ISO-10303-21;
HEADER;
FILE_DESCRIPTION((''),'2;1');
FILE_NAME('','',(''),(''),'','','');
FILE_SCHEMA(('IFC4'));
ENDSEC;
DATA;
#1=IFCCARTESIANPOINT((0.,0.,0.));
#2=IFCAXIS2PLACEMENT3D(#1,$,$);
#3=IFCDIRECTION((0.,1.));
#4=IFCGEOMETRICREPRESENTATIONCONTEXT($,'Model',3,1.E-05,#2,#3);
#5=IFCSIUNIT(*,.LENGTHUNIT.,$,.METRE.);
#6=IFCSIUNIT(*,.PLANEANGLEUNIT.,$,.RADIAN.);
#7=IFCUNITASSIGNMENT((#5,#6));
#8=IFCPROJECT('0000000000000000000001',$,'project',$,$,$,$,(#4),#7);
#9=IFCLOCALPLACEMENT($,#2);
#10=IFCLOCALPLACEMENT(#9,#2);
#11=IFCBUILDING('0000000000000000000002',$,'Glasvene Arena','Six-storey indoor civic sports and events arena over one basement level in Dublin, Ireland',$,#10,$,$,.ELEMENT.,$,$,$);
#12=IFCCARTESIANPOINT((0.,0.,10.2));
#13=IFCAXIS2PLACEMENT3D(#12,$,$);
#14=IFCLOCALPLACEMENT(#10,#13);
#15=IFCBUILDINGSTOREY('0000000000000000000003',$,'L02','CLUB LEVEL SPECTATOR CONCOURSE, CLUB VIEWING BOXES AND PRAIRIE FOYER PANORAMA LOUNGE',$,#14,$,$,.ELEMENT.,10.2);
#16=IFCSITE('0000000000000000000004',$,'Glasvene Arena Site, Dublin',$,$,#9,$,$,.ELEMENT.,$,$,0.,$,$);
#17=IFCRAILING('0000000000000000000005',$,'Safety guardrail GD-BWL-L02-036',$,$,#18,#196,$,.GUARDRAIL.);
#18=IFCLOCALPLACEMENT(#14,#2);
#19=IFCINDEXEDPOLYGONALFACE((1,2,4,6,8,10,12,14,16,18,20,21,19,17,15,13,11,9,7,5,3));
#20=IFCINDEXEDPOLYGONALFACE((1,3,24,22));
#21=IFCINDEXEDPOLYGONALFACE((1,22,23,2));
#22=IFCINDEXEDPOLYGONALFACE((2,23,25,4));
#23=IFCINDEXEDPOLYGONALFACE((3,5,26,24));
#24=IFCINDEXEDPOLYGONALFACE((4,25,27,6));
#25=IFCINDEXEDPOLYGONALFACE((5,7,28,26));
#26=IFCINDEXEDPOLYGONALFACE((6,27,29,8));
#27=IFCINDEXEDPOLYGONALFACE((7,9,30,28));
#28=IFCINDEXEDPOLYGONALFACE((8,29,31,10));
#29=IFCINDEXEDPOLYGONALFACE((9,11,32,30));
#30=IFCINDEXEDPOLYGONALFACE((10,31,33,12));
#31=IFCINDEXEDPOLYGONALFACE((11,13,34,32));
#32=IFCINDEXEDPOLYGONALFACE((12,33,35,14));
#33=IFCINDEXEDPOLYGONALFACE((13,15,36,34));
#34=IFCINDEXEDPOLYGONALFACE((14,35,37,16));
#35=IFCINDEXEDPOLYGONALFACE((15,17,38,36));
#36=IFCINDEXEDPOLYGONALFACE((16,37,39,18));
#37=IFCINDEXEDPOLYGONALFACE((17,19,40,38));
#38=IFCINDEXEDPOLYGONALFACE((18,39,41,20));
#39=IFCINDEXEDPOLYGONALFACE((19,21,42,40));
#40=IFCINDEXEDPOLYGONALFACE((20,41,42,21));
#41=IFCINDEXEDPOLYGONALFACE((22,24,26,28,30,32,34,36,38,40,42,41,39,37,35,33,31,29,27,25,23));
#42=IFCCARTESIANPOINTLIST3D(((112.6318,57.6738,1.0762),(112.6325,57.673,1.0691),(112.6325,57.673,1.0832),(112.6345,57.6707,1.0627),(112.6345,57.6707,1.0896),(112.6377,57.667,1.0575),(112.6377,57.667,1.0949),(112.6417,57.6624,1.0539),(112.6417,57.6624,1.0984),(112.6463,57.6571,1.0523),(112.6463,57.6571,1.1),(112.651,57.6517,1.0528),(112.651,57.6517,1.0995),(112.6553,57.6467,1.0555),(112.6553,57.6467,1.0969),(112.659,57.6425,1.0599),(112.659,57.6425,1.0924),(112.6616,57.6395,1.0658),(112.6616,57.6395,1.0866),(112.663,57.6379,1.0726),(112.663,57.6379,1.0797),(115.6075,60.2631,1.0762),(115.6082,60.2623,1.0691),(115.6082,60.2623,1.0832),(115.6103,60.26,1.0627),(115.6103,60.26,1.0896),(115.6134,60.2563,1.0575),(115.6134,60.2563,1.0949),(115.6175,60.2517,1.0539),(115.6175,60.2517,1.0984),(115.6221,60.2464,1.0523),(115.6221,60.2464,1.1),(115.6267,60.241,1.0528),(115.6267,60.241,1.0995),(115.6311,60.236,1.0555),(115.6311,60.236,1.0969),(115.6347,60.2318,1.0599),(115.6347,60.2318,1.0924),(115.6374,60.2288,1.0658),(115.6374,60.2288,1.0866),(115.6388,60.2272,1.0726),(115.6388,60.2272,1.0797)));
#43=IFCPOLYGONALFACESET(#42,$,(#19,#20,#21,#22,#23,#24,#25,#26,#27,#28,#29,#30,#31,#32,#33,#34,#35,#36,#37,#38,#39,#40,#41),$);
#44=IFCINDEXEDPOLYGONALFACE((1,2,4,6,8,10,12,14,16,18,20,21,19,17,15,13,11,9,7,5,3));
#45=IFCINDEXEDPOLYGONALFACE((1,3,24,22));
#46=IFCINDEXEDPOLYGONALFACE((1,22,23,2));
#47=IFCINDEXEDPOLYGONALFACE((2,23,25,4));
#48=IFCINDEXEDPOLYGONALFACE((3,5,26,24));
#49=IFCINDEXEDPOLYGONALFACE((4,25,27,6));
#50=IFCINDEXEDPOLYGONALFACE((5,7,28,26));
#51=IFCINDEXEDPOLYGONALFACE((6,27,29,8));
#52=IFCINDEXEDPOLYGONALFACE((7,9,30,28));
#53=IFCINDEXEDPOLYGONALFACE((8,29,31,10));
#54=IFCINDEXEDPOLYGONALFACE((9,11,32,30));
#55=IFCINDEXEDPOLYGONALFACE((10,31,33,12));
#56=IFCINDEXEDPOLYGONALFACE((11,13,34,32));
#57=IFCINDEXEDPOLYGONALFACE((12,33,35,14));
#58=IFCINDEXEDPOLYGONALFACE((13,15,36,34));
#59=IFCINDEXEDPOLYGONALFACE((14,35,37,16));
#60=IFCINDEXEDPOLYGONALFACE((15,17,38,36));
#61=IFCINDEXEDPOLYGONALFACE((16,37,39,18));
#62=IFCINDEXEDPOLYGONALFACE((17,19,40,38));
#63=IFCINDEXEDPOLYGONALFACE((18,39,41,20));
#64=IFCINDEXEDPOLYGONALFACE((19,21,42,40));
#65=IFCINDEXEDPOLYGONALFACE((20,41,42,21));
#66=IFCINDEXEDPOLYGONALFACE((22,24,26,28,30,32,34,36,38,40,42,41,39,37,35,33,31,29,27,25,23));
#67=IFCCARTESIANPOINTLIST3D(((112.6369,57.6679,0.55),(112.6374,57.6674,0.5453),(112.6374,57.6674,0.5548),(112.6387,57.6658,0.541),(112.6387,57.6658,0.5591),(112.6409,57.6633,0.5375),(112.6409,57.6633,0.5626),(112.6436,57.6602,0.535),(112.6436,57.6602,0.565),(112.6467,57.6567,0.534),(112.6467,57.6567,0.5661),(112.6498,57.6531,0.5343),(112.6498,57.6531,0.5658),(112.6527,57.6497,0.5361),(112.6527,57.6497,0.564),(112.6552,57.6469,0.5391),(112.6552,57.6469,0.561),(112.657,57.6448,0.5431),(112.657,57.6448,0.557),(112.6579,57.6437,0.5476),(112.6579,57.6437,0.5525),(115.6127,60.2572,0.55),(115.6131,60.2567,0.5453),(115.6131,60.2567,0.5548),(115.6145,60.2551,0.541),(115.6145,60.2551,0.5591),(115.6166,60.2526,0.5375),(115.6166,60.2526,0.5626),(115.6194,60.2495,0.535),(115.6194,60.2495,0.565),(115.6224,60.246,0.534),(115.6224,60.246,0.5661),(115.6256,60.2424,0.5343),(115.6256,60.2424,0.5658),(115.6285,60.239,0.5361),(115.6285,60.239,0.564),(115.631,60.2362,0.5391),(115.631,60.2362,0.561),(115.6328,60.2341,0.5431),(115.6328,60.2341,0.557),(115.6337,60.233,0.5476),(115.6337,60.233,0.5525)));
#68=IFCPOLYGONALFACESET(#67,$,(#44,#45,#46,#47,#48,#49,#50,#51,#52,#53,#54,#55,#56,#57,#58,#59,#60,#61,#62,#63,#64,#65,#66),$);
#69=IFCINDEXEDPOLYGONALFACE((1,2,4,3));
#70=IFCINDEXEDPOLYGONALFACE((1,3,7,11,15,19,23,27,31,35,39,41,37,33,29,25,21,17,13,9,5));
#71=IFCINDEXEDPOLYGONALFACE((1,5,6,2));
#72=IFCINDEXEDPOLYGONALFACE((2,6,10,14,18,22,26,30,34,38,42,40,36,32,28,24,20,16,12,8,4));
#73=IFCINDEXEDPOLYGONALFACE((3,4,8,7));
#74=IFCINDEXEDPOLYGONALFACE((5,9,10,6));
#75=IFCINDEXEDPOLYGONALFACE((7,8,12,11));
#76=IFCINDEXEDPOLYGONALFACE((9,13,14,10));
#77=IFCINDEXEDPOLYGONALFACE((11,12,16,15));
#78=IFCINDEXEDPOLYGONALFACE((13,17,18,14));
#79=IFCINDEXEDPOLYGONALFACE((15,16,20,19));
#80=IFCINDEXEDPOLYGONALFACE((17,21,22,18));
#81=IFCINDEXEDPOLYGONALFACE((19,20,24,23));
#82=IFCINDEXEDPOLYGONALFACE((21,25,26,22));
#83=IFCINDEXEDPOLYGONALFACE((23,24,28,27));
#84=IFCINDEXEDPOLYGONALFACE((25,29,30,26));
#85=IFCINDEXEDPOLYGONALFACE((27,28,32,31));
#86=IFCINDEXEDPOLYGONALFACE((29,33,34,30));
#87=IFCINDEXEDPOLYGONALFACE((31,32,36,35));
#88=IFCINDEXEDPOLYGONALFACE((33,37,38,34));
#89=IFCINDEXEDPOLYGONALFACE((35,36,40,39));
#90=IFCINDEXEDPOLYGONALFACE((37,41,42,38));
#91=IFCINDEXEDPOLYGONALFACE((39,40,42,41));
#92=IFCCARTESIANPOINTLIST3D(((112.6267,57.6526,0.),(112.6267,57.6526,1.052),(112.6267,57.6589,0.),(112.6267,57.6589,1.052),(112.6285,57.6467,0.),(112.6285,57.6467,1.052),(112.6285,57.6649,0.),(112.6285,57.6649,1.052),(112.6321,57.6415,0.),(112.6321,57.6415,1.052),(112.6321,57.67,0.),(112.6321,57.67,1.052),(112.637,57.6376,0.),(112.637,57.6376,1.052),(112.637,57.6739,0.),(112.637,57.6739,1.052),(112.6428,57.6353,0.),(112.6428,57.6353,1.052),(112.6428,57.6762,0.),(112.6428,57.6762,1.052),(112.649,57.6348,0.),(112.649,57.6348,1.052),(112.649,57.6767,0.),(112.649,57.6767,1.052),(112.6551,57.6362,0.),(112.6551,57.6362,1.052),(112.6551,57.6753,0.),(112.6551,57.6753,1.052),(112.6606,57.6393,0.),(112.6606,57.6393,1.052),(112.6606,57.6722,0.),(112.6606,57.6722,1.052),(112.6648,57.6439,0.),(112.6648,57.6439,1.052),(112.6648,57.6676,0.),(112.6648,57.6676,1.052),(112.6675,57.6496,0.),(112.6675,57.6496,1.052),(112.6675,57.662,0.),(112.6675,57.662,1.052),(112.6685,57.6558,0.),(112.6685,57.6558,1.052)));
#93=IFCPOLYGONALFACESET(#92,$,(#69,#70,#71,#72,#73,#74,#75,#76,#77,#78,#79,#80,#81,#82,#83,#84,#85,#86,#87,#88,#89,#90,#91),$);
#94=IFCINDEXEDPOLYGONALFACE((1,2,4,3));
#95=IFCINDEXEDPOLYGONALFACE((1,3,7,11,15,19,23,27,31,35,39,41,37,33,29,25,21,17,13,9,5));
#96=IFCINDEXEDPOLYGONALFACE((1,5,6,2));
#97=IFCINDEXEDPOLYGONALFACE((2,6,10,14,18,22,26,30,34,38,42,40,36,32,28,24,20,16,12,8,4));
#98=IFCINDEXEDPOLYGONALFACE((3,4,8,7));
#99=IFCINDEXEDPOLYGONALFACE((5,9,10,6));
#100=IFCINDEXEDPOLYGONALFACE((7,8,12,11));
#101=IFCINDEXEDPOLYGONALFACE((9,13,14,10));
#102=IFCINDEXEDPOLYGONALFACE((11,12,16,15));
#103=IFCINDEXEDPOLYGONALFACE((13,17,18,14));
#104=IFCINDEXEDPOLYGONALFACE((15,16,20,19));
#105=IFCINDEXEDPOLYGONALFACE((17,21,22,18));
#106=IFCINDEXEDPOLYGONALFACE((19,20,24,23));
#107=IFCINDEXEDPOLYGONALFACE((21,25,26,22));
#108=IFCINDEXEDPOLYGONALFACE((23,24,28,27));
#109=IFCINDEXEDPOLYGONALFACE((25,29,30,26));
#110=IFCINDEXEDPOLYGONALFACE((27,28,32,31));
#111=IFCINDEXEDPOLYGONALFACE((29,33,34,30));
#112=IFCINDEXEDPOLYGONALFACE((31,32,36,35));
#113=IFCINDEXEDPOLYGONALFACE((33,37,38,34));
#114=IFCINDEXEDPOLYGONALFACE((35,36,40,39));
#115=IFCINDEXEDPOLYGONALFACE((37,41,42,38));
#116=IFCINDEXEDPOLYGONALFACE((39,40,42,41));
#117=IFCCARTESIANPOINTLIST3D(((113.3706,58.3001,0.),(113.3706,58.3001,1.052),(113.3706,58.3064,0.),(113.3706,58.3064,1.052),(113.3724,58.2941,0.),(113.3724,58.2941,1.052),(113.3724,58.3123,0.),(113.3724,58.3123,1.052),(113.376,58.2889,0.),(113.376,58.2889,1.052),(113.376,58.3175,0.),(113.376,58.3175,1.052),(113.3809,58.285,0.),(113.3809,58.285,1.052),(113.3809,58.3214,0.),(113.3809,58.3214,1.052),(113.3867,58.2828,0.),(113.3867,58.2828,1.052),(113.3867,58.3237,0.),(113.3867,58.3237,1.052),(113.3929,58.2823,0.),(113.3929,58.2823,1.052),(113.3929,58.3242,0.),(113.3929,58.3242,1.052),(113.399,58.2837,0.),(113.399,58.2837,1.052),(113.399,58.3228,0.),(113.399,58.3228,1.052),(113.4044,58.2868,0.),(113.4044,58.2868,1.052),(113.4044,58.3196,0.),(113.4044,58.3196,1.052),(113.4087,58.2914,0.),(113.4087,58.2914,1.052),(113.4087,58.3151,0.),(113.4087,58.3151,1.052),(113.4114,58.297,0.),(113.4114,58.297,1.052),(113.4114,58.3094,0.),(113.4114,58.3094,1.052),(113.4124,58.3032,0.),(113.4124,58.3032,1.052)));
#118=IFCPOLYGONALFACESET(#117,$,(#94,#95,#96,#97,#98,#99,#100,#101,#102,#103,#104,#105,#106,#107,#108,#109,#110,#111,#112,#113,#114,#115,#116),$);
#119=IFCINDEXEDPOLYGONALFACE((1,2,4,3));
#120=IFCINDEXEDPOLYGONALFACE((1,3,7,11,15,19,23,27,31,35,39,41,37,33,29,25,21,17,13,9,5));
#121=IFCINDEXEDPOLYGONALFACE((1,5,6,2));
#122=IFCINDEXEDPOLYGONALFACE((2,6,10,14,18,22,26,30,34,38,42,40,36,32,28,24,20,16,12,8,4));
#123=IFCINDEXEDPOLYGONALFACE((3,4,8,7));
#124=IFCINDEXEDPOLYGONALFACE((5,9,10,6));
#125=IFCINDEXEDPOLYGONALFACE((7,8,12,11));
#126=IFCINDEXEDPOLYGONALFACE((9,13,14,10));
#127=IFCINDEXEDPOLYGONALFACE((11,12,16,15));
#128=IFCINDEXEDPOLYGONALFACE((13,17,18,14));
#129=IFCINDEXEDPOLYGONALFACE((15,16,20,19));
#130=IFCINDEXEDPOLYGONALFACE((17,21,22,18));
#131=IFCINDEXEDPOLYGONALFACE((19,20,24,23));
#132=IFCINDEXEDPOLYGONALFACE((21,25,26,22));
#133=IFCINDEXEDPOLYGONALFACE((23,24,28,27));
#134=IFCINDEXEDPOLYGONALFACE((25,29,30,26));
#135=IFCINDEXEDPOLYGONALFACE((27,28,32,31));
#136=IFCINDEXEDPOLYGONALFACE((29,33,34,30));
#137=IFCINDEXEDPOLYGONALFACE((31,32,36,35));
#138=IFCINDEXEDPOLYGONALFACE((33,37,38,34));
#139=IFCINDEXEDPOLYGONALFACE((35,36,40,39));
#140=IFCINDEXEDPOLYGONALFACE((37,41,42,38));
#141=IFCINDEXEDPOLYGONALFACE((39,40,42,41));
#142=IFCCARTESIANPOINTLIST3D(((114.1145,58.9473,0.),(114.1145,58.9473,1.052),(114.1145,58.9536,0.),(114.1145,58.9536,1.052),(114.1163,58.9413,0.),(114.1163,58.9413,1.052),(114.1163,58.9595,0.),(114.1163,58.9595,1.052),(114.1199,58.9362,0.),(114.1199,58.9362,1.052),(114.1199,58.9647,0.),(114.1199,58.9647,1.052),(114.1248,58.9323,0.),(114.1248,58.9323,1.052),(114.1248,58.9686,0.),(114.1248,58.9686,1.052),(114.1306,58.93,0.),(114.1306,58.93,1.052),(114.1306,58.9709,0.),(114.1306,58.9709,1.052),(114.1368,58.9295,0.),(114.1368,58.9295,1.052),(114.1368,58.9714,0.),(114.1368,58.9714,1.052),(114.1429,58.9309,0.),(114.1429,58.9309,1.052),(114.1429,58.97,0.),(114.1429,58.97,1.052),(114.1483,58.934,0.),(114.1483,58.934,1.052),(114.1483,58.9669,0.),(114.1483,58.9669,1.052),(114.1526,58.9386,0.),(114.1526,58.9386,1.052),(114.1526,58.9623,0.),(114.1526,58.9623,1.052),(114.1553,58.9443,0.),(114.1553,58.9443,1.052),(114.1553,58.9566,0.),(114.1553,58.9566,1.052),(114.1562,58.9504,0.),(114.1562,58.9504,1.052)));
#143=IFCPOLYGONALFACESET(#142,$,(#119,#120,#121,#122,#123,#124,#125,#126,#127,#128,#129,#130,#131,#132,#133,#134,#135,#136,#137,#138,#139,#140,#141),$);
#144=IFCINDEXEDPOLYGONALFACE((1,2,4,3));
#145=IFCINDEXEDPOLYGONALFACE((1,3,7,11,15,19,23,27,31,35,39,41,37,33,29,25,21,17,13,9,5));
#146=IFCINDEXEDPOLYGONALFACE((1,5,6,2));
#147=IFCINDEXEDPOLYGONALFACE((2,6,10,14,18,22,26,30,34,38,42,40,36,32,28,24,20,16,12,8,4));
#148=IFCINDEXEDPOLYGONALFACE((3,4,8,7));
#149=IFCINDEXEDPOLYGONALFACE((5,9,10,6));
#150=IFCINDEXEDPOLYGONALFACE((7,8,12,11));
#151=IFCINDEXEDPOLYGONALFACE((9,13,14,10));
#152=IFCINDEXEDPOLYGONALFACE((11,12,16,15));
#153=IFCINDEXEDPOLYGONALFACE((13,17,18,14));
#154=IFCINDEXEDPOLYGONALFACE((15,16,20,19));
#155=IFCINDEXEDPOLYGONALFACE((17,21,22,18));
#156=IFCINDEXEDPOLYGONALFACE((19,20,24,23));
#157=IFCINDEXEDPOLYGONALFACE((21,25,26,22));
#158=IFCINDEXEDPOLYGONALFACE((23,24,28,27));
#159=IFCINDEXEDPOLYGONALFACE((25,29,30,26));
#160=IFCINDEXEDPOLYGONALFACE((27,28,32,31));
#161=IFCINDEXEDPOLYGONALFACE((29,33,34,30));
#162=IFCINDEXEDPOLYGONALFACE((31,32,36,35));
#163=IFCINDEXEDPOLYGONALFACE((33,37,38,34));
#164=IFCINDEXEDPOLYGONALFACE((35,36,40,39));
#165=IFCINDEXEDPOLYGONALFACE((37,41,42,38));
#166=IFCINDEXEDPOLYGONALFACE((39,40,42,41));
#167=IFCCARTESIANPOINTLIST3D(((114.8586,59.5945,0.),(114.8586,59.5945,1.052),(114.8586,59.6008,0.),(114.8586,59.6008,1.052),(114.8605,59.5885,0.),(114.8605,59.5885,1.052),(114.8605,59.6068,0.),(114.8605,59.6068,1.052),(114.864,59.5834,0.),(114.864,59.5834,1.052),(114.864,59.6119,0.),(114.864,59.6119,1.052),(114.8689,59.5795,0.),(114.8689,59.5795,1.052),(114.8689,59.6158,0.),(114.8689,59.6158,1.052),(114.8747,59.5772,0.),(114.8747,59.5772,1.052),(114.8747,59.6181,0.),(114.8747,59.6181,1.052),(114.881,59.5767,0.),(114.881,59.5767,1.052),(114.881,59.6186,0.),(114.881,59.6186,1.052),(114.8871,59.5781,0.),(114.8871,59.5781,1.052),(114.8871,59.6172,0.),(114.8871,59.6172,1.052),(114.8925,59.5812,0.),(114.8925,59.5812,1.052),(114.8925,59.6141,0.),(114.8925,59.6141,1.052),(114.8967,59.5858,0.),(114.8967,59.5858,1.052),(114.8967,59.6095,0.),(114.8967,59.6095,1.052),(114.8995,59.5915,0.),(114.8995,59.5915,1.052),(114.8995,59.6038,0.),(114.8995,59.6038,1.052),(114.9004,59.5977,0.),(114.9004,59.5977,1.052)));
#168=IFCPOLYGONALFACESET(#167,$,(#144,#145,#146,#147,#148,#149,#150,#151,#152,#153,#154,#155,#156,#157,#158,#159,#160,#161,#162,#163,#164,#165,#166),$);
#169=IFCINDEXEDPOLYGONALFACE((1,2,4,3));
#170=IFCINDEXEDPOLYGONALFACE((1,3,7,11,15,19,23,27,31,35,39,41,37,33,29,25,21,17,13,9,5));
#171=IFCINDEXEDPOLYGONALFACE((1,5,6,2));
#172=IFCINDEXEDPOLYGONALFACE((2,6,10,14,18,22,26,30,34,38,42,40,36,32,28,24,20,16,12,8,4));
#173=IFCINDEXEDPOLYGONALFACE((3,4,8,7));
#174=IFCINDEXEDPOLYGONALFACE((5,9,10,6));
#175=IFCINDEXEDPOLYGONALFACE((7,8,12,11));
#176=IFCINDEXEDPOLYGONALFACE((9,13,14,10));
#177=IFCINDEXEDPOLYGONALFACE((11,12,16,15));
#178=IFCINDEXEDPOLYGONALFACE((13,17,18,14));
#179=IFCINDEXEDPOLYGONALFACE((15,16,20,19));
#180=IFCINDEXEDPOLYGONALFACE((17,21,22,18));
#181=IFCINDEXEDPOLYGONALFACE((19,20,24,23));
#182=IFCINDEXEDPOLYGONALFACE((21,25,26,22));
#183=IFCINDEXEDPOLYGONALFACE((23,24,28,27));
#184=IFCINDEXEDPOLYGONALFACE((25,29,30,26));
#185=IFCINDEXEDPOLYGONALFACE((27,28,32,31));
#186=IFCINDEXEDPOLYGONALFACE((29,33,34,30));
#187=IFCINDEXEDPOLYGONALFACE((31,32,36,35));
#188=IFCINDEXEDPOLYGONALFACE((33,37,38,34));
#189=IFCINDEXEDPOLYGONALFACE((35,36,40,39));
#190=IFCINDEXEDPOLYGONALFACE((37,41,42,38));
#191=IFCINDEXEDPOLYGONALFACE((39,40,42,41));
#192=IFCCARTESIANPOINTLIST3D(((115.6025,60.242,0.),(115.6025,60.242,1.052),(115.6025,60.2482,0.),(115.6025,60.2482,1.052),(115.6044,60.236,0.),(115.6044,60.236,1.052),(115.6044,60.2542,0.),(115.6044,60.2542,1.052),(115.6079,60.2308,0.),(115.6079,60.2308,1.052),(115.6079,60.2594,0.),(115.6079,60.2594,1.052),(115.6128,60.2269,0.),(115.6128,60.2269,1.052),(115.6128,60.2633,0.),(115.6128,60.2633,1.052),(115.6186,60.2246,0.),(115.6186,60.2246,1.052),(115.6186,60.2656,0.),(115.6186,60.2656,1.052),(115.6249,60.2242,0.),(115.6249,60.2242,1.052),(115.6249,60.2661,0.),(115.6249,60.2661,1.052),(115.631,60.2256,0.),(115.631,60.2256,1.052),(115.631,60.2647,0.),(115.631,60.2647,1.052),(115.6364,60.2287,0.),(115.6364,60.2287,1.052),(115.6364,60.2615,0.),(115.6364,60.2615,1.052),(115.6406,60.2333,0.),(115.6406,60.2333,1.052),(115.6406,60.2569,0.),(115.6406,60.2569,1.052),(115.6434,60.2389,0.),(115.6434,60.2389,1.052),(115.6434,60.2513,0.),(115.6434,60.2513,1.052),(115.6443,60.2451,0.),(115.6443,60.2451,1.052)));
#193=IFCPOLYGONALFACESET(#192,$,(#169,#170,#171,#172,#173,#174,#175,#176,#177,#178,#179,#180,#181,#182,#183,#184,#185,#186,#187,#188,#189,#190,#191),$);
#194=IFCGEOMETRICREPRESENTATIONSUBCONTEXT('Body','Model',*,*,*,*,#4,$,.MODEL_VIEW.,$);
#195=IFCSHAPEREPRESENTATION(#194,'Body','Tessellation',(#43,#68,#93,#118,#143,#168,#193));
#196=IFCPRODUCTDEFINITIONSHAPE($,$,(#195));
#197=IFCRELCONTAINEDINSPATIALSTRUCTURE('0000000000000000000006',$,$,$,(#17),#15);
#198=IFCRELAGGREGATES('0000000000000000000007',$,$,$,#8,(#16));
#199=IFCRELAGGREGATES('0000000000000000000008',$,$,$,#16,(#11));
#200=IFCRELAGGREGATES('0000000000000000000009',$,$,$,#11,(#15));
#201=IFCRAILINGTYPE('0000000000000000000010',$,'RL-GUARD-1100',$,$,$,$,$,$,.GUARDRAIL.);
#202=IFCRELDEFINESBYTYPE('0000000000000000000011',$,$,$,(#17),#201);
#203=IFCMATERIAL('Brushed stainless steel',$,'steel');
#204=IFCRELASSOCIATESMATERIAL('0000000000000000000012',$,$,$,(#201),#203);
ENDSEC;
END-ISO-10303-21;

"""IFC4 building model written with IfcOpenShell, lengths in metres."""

from ifc_helpers import new_model, si_unit, direction, frame, origin, origin_2d, place, context, subcontext, project, spatial, circle, extrude, material, type_object, element, save


model = new_model("IFC4")

# Units and contexts
model_context = context("Model", 3, precision=1e-05, world=origin(), true_north=direction((0.0, 1.0)))
body_context = subcontext(model_context, "Body", "Model", "MODEL_VIEW")
ifc_project = project(units=[si_unit("LENGTHUNIT", "METRE"), si_unit("PLANEANGLEUNIT", "RADIAN")], contexts=[model_context])

# Site, building, storey
site_placement = place(None, origin())
site = spatial("IfcSite", under=ifc_project, at=site_placement, Name="Glasvene Arena Site, Dublin", CompositionType="ELEMENT", RefElevation=0.0)
building_placement = place(site_placement, origin())
building = spatial("IfcBuilding", under=site, at=building_placement, Name="Glasvene Arena", Description="Six-storey indoor civic sports and events arena over one basement level in Dublin, Ireland", CompositionType="ELEMENT")
storey_placement = place(building_placement, frame((0.0, 0.0, 10.2)))
storey = spatial("IfcBuildingStorey", under=building, at=storey_placement, Name="L02", Description="CLUB LEVEL SPECTATOR CONCOURSE, CLUB VIEWING BOXES AND PRAIRIE FOYER PANORAMA LOUNGE", CompositionType="ELEMENT", Elevation=10.2)

# Railing
ifc_material_1 = material(Name="Brushed stainless steel", Category="steel")
railing_type_1 = type_object("IfcRailingType", Name="RL-GUARD-1100", PredefinedType="GUARDRAIL", material=ifc_material_1)
railing_1_placement = place(storey_placement, frame((112.6475, 57.6558, 0.0)))
element("IfcRailing", 1, at=railing_1_placement, inside=storey, type_object=railing_type_1, Name="Safety guardrail GD-BWL-L02-036", PredefinedType="GUARDRAIL", context=body_context, shape_type="SweptSolid", body=[
    extrude(circle(Radius=0.0239, at=origin_2d()), frame((0.0, 0.0, 1.0762), z_axis=(0.754395, 0.656421, 0.0), x_axis=(-0.656421, 0.754395, 0.0)), (0.0, 0.0, 1.0), 3.9446),
    extrude(circle(Radius=0.0161, at=origin_2d()), frame((0.0, 0.0, 0.55), z_axis=(0.754395, 0.656421, 0.0), x_axis=(-0.656421, 0.754395, 0.0)), (0.0, 0.0, 1.0), 3.9446),
    extrude(circle(Radius=0.021, at=origin_2d()), origin(), (0.0, 0.0, 1.0), 1.052),
    extrude(circle(Radius=0.021, at=origin_2d()), frame((0.7439, 0.6475, 0.0)), (0.0, 0.0, 1.0), 1.052),
    extrude(circle(Radius=0.021, at=origin_2d()), frame((1.4878, 1.2947, 0.0)), (0.0, 0.0, 1.0), 1.052),
    extrude(circle(Radius=0.021, at=origin_2d()), frame((2.2319, 1.9419, 0.0)), (0.0, 0.0, 1.0), 1.052),
    extrude(circle(Radius=0.021, at=origin_2d()), frame((2.9758, 2.5894, 0.0)), (0.0, 0.0, 1.0), 1.052),
])

save(model, "model.ifc")
